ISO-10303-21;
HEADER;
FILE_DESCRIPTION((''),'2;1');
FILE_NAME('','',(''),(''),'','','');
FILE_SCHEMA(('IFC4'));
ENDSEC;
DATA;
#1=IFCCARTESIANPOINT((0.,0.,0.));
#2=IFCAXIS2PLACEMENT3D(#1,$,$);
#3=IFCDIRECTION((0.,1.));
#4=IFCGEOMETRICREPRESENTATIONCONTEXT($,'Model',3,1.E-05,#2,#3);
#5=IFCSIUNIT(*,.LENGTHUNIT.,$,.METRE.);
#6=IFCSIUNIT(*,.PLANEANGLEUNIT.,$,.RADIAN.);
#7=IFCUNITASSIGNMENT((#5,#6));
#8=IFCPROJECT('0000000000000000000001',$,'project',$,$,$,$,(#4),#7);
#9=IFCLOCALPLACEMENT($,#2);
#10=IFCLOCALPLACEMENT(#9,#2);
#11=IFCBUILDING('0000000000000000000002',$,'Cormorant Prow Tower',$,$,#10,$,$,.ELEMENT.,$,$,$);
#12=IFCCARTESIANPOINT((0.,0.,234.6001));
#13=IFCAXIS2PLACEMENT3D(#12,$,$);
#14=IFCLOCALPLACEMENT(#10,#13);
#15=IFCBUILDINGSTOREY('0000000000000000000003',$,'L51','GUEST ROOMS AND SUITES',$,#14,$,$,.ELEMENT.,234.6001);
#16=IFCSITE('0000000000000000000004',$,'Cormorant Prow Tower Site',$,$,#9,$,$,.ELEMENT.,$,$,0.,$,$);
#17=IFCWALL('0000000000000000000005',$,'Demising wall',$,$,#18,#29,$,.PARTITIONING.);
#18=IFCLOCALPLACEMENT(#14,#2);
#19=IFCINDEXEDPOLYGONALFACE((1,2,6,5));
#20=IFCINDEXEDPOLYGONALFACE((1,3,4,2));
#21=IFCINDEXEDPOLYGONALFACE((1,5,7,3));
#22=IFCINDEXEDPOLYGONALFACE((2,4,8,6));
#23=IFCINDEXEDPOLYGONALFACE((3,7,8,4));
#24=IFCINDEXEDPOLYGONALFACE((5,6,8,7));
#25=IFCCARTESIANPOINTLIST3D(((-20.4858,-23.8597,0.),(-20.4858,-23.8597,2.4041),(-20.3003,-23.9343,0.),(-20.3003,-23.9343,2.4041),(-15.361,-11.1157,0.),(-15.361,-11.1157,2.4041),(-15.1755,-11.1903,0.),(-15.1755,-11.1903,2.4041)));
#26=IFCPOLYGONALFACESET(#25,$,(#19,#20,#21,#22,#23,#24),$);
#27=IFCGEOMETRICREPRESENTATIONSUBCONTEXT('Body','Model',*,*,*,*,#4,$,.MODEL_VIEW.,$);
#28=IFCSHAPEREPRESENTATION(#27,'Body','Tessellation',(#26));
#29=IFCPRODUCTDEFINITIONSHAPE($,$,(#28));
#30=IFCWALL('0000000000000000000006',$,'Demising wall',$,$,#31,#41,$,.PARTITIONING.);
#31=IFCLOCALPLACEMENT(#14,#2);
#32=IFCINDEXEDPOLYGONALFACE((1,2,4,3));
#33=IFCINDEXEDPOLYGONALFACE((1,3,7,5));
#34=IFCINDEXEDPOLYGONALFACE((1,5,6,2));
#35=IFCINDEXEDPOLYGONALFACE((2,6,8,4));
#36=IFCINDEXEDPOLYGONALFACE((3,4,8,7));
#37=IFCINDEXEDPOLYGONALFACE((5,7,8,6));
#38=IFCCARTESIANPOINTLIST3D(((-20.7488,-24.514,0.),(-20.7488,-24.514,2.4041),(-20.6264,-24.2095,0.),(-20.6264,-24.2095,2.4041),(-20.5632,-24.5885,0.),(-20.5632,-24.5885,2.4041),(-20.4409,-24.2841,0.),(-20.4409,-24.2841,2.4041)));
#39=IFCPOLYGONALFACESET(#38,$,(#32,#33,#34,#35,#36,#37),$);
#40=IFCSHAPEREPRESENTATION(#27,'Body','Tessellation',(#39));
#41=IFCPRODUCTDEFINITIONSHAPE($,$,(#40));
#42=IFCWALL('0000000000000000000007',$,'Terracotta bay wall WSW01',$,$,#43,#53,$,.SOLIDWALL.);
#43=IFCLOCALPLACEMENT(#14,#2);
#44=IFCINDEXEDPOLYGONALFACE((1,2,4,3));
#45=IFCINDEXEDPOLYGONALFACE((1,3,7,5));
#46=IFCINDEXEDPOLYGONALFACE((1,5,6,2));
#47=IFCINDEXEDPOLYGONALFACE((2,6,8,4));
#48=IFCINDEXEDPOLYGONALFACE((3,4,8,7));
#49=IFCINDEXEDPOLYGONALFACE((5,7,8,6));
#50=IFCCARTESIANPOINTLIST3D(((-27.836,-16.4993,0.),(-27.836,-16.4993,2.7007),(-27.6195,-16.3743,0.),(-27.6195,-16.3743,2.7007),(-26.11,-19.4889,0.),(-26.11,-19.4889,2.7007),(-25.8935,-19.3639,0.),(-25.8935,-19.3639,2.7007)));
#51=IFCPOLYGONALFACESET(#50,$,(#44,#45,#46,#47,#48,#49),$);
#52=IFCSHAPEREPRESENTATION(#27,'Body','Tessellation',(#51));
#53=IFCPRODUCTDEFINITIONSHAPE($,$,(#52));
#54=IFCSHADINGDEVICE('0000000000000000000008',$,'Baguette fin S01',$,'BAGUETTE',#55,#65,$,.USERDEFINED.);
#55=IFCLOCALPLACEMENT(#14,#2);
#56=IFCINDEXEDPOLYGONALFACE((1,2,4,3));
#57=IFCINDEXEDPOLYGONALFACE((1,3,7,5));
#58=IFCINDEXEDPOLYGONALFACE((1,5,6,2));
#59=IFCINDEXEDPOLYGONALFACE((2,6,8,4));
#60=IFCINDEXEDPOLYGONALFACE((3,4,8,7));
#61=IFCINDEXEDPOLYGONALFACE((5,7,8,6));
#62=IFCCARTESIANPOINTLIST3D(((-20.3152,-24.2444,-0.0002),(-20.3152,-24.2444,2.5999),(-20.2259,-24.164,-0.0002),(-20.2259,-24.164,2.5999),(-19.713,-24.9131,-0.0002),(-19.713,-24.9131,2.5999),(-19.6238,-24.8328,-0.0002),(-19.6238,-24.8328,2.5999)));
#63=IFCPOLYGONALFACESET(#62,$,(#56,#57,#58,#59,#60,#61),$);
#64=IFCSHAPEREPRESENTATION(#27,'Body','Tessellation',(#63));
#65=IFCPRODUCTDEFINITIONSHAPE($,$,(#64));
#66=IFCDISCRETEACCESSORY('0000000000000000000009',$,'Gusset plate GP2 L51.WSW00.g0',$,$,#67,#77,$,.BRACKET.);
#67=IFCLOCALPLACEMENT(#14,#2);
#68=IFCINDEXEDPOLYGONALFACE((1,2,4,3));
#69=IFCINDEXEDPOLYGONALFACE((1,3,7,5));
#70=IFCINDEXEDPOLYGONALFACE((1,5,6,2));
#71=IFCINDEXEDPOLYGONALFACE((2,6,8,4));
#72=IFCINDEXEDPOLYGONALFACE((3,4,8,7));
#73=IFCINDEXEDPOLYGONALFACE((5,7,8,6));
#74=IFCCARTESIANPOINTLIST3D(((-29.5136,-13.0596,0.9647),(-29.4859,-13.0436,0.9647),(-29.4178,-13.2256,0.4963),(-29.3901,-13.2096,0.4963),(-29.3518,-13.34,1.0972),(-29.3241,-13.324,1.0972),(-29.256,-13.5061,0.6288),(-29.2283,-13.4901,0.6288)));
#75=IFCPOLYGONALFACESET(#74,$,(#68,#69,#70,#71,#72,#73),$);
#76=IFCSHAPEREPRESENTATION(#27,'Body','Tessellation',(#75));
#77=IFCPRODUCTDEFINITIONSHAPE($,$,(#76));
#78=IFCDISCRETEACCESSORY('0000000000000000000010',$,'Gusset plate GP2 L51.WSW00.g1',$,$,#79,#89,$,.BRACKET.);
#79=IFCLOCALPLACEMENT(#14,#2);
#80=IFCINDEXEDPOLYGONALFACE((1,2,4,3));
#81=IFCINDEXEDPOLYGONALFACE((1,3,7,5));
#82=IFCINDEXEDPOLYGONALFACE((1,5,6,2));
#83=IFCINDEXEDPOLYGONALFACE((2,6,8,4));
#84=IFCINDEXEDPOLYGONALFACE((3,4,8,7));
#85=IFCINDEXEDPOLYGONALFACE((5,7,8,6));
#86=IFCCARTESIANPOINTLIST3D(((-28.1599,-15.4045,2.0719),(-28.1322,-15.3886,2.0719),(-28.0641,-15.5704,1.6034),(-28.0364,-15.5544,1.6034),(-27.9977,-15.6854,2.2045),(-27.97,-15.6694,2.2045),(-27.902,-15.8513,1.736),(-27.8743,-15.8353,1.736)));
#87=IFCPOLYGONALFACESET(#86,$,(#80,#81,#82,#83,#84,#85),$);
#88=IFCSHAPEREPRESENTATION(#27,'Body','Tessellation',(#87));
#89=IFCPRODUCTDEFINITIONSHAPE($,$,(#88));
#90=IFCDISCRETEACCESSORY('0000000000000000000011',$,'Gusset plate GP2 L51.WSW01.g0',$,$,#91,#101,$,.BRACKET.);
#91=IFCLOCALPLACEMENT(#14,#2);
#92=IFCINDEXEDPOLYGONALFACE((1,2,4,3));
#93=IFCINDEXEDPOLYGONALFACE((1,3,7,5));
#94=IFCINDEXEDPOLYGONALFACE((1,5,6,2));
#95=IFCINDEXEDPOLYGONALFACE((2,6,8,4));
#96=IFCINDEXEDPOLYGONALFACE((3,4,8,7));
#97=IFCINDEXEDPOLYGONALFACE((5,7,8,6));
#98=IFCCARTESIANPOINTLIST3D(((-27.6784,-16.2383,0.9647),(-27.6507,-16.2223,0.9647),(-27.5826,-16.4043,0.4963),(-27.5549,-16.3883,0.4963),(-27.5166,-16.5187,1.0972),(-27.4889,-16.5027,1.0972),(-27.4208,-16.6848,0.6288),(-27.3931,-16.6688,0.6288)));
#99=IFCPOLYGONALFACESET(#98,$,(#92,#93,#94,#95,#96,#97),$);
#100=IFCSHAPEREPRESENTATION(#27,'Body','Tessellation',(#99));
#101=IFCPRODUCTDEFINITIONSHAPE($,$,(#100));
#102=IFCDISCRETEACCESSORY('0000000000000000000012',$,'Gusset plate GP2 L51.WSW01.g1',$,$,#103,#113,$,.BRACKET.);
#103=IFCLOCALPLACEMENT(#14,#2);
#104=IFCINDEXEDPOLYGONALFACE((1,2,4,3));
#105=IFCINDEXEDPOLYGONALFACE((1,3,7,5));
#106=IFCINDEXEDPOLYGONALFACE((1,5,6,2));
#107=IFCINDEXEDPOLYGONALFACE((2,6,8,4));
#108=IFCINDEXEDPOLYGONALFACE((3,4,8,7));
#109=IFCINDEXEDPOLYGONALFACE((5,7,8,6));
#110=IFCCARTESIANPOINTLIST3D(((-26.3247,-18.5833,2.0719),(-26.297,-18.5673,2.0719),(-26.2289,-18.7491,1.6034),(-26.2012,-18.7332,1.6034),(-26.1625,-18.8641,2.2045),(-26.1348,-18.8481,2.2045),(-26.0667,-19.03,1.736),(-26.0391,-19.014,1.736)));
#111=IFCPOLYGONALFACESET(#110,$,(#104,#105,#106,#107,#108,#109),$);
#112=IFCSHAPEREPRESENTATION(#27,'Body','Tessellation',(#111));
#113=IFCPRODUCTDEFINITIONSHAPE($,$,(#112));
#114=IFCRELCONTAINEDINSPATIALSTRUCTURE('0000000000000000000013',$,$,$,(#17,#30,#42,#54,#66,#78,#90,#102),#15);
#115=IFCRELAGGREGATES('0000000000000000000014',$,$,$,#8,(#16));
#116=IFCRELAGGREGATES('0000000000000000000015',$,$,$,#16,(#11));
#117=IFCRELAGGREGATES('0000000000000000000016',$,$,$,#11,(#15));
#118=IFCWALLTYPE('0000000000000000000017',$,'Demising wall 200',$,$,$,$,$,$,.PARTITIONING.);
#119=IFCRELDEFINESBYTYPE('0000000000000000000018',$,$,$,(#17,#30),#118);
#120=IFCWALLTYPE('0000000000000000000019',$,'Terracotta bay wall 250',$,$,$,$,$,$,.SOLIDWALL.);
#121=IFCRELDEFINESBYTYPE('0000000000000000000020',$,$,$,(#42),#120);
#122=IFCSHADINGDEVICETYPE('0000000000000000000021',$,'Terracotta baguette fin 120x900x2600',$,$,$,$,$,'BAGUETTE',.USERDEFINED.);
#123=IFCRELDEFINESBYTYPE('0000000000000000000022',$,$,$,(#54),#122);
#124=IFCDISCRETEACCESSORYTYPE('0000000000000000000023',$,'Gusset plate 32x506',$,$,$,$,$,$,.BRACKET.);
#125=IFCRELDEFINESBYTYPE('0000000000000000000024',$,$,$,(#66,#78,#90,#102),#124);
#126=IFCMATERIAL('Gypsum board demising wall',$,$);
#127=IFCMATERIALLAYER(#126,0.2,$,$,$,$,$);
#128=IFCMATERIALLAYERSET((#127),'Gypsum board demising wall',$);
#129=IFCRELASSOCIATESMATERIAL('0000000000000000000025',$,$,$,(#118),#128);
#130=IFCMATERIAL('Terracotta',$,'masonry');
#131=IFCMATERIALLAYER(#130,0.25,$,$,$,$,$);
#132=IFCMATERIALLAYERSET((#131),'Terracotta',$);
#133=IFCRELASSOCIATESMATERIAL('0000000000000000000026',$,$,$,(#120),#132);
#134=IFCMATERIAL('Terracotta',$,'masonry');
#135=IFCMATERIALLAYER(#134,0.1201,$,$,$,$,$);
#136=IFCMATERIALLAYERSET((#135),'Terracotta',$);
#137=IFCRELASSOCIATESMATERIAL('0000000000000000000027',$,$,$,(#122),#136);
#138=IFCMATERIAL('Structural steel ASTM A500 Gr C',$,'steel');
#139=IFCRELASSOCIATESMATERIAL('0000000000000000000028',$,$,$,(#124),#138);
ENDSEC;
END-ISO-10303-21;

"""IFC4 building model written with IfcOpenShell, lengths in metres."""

from ifc_helpers import new_model, si_unit, direction, frame, frame_2d, origin, origin_2d, place, context, subcontext, project, spatial, rectangle, extrude, material, layer, layer_set, material_profile, profile_set, type_object, element, save


model = new_model("IFC4")

# Units and contexts
model_context = context("Model", 3, precision=1e-05, world=origin(), true_north=direction((0.0, 1.0)))
body_context = subcontext(model_context, "Body", "Model", "MODEL_VIEW")
ifc_project = project(units=[si_unit("LENGTHUNIT", "METRE"), si_unit("PLANEANGLEUNIT", "RADIAN")], contexts=[model_context])

# Site, building, storey
site_placement = place(None, origin())
site = spatial("IfcSite", under=ifc_project, at=site_placement, Name="Cormorant Prow Tower Site", CompositionType="ELEMENT", RefElevation=0.0)
building_placement = place(site_placement, origin())
building = spatial("IfcBuilding", under=site, at=building_placement, Name="Cormorant Prow Tower", CompositionType="ELEMENT")
storey_placement = place(building_placement, frame((0.0, 0.0, 234.6001)))
storey = spatial("IfcBuildingStorey", under=building, at=storey_placement, Name="L51", Description="GUEST ROOMS AND SUITES", CompositionType="ELEMENT", Elevation=234.6001)

# Walls
ifc_material_1 = material(Name="Gypsum board demising wall")
ifc_layer_1 = layer(ifc_material_1, 0.2)
ifc_layer_set_1 = layer_set([ifc_layer_1], Name="Gypsum board demising wall")
wall_type_1 = type_object("IfcWallType", Name="Demising wall 200", PredefinedType="PARTITIONING", material=ifc_layer_set_1)
wall_1_placement = place(storey_placement, frame((-20.3931, -23.897, 0.0), z_axis=(0.0, 0.0, 1.0), x_axis=(0.373097, 0.927792, 0.0)))
element("IfcWall", 1, at=wall_1_placement, inside=storey, type_object=wall_type_1, Name="Demising wall", PredefinedType="PARTITIONING", context=body_context, shape_type="SweptSolid", body=[
    extrude(rectangle(XDim=13.7358, YDim=0.2, at=frame_2d((6.8679, 0.0))), origin(), (0.0, 0.0, 1.0), 2.4041),
])
wall_2_placement = place(storey_placement, frame((-20.656, -24.5513, 0.0), z_axis=(0.0, 0.0, 1.0), x_axis=(0.372801, 0.927911, 0.0)))
element("IfcWall", 2, at=wall_2_placement, inside=storey, type_object=wall_type_1, Name="Demising wall", PredefinedType="PARTITIONING", context=body_context, shape_type="SweptSolid", body=[
    extrude(rectangle(XDim=0.3281, YDim=0.2, at=frame_2d((0.1641, 0.0))), origin(), (0.0, 0.0, 1.0), 2.4041),
])
ifc_material_2 = material(Name="Terracotta", Category="masonry")
ifc_layer_2 = layer(ifc_material_2, 0.25)
ifc_layer_set_2 = layer_set([ifc_layer_2], Name="Terracotta")
wall_type_2 = type_object("IfcWallType", Name="Terracotta bay wall 250", PredefinedType="SOLIDWALL", material=ifc_layer_set_2)
wall_3_placement = place(storey_placement, frame((-27.7278, -16.4368, 0.0), z_axis=(0.0, 0.0, 1.0), x_axis=(0.499988, -0.866032, 0.0)))
element("IfcWall", 3, at=wall_3_placement, inside=storey, type_object=wall_type_2, Name="Terracotta bay wall WSW01", PredefinedType="SOLIDWALL", context=body_context, shape_type="SweptSolid", body=[
    extrude(rectangle(XDim=3.4521, YDim=0.25, at=frame_2d((1.7261, 0.0))), origin(), (0.0, 0.0, 1.0), 2.7007),
])

# Shading device
ifc_material_3 = material(Name="Terracotta", Category="masonry")
ifc_layer_3 = layer(ifc_material_3, 0.1201)
ifc_layer_set_3 = layer_set([ifc_layer_3], Name="Terracotta")
shading_device_type = type_object("IfcShadingDeviceType", Name="Terracotta baguette fin 120x900x2600", ElementType="BAGUETTE", PredefinedType="USERDEFINED", material=ifc_layer_set_3)
shading_device_placement = place(storey_placement, frame((-19.9695, -24.5386, -0.0002), z_axis=(0.0, 0.0, 1.0), x_axis=(0.743145, 0.669131, 0.0)))
element("IfcShadingDevice", 4, at=shading_device_placement, inside=storey, type_object=shading_device_type, Name="Baguette fin S01", ObjectType="BAGUETTE", PredefinedType="USERDEFINED", context=body_context, shape_type="SweptSolid", body=[
    extrude(rectangle(XDim=0.1201, YDim=0.8999, at=origin_2d()), origin(), (0.0, 0.0, 1.0), 2.6001),
])

# Discrete accessories
ifc_material_4 = material(Name="Structural steel ASTM A500 Gr C", Category="steel")
ifc_material_profile_1 = material_profile(ifc_material_4, rectangle(XDim=0.032, YDim=0.5061, at=origin_2d()), Name="Gusset plate 32x506")
ifc_profile_set_1 = profile_set([ifc_material_profile_1], Name="Structural steel ASTM A500 Gr C")
discrete_accessory_type = type_object("IfcDiscreteAccessoryType", Name="Gusset plate 32x506", PredefinedType="BRACKET", material=ifc_profile_set_1)
discrete_accessory_1_placement = place(storey_placement, frame((-29.29, -13.415, 0.863), z_axis=(-0.462538, 0.801594, -0.378821), x_axis=(-0.866148, -0.499788, 0.0)))
element("IfcDiscreteAccessory", 5, at=discrete_accessory_1_placement, inside=storey, type_object=discrete_accessory_type, Name="Gusset plate GP2 L51.WSW00.g0", PredefinedType="BRACKET", context=body_context, shape_type="SweptSolid", body=[
    extrude(rectangle(XDim=0.032, YDim=0.5061, at=origin_2d()), origin(), (0.0, 0.0, 1.0), 0.3499),
])
discrete_accessory_2_placement = place(storey_placement, frame((-28.0981, -15.4795, 1.8376), z_axis=(0.462828, -0.801584, 0.378487), x_axis=(0.86601, 0.500027, 0.0)))
element("IfcDiscreteAccessory", 6, at=discrete_accessory_2_placement, inside=storey, type_object=discrete_accessory_type, Name="Gusset plate GP2 L51.WSW00.g1", PredefinedType="BRACKET", context=body_context, shape_type="SweptSolid", body=[
    extrude(rectangle(XDim=0.032, YDim=0.5061, at=origin_2d()), origin(), (0.0, 0.0, 1.0), 0.3503),
])
discrete_accessory_3_placement = place(storey_placement, frame((-27.4548, -16.5938, 0.863), z_axis=(-0.462538, 0.801594, -0.378821), x_axis=(-0.866148, -0.499788, 0.0)))
element("IfcDiscreteAccessory", 7, at=discrete_accessory_3_placement, inside=storey, type_object=discrete_accessory_type, Name="Gusset plate GP2 L51.WSW01.g0", PredefinedType="BRACKET", context=body_context, shape_type="SweptSolid", body=[
    extrude(rectangle(XDim=0.032, YDim=0.5061, at=origin_2d()), origin(), (0.0, 0.0, 1.0), 0.3499),
])
discrete_accessory_4_placement = place(storey_placement, frame((-26.2629, -18.6582, 1.8376), z_axis=(0.462828, -0.801584, 0.378487), x_axis=(0.86601, 0.500027, 0.0)))
element("IfcDiscreteAccessory", 8, at=discrete_accessory_4_placement, inside=storey, type_object=discrete_accessory_type, Name="Gusset plate GP2 L51.WSW01.g1", PredefinedType="BRACKET", context=body_context, shape_type="SweptSolid", body=[
    extrude(rectangle(XDim=0.032, YDim=0.5061, at=origin_2d()), origin(), (0.0, 0.0, 1.0), 0.3503),
])

save(model, "model.ifc")
